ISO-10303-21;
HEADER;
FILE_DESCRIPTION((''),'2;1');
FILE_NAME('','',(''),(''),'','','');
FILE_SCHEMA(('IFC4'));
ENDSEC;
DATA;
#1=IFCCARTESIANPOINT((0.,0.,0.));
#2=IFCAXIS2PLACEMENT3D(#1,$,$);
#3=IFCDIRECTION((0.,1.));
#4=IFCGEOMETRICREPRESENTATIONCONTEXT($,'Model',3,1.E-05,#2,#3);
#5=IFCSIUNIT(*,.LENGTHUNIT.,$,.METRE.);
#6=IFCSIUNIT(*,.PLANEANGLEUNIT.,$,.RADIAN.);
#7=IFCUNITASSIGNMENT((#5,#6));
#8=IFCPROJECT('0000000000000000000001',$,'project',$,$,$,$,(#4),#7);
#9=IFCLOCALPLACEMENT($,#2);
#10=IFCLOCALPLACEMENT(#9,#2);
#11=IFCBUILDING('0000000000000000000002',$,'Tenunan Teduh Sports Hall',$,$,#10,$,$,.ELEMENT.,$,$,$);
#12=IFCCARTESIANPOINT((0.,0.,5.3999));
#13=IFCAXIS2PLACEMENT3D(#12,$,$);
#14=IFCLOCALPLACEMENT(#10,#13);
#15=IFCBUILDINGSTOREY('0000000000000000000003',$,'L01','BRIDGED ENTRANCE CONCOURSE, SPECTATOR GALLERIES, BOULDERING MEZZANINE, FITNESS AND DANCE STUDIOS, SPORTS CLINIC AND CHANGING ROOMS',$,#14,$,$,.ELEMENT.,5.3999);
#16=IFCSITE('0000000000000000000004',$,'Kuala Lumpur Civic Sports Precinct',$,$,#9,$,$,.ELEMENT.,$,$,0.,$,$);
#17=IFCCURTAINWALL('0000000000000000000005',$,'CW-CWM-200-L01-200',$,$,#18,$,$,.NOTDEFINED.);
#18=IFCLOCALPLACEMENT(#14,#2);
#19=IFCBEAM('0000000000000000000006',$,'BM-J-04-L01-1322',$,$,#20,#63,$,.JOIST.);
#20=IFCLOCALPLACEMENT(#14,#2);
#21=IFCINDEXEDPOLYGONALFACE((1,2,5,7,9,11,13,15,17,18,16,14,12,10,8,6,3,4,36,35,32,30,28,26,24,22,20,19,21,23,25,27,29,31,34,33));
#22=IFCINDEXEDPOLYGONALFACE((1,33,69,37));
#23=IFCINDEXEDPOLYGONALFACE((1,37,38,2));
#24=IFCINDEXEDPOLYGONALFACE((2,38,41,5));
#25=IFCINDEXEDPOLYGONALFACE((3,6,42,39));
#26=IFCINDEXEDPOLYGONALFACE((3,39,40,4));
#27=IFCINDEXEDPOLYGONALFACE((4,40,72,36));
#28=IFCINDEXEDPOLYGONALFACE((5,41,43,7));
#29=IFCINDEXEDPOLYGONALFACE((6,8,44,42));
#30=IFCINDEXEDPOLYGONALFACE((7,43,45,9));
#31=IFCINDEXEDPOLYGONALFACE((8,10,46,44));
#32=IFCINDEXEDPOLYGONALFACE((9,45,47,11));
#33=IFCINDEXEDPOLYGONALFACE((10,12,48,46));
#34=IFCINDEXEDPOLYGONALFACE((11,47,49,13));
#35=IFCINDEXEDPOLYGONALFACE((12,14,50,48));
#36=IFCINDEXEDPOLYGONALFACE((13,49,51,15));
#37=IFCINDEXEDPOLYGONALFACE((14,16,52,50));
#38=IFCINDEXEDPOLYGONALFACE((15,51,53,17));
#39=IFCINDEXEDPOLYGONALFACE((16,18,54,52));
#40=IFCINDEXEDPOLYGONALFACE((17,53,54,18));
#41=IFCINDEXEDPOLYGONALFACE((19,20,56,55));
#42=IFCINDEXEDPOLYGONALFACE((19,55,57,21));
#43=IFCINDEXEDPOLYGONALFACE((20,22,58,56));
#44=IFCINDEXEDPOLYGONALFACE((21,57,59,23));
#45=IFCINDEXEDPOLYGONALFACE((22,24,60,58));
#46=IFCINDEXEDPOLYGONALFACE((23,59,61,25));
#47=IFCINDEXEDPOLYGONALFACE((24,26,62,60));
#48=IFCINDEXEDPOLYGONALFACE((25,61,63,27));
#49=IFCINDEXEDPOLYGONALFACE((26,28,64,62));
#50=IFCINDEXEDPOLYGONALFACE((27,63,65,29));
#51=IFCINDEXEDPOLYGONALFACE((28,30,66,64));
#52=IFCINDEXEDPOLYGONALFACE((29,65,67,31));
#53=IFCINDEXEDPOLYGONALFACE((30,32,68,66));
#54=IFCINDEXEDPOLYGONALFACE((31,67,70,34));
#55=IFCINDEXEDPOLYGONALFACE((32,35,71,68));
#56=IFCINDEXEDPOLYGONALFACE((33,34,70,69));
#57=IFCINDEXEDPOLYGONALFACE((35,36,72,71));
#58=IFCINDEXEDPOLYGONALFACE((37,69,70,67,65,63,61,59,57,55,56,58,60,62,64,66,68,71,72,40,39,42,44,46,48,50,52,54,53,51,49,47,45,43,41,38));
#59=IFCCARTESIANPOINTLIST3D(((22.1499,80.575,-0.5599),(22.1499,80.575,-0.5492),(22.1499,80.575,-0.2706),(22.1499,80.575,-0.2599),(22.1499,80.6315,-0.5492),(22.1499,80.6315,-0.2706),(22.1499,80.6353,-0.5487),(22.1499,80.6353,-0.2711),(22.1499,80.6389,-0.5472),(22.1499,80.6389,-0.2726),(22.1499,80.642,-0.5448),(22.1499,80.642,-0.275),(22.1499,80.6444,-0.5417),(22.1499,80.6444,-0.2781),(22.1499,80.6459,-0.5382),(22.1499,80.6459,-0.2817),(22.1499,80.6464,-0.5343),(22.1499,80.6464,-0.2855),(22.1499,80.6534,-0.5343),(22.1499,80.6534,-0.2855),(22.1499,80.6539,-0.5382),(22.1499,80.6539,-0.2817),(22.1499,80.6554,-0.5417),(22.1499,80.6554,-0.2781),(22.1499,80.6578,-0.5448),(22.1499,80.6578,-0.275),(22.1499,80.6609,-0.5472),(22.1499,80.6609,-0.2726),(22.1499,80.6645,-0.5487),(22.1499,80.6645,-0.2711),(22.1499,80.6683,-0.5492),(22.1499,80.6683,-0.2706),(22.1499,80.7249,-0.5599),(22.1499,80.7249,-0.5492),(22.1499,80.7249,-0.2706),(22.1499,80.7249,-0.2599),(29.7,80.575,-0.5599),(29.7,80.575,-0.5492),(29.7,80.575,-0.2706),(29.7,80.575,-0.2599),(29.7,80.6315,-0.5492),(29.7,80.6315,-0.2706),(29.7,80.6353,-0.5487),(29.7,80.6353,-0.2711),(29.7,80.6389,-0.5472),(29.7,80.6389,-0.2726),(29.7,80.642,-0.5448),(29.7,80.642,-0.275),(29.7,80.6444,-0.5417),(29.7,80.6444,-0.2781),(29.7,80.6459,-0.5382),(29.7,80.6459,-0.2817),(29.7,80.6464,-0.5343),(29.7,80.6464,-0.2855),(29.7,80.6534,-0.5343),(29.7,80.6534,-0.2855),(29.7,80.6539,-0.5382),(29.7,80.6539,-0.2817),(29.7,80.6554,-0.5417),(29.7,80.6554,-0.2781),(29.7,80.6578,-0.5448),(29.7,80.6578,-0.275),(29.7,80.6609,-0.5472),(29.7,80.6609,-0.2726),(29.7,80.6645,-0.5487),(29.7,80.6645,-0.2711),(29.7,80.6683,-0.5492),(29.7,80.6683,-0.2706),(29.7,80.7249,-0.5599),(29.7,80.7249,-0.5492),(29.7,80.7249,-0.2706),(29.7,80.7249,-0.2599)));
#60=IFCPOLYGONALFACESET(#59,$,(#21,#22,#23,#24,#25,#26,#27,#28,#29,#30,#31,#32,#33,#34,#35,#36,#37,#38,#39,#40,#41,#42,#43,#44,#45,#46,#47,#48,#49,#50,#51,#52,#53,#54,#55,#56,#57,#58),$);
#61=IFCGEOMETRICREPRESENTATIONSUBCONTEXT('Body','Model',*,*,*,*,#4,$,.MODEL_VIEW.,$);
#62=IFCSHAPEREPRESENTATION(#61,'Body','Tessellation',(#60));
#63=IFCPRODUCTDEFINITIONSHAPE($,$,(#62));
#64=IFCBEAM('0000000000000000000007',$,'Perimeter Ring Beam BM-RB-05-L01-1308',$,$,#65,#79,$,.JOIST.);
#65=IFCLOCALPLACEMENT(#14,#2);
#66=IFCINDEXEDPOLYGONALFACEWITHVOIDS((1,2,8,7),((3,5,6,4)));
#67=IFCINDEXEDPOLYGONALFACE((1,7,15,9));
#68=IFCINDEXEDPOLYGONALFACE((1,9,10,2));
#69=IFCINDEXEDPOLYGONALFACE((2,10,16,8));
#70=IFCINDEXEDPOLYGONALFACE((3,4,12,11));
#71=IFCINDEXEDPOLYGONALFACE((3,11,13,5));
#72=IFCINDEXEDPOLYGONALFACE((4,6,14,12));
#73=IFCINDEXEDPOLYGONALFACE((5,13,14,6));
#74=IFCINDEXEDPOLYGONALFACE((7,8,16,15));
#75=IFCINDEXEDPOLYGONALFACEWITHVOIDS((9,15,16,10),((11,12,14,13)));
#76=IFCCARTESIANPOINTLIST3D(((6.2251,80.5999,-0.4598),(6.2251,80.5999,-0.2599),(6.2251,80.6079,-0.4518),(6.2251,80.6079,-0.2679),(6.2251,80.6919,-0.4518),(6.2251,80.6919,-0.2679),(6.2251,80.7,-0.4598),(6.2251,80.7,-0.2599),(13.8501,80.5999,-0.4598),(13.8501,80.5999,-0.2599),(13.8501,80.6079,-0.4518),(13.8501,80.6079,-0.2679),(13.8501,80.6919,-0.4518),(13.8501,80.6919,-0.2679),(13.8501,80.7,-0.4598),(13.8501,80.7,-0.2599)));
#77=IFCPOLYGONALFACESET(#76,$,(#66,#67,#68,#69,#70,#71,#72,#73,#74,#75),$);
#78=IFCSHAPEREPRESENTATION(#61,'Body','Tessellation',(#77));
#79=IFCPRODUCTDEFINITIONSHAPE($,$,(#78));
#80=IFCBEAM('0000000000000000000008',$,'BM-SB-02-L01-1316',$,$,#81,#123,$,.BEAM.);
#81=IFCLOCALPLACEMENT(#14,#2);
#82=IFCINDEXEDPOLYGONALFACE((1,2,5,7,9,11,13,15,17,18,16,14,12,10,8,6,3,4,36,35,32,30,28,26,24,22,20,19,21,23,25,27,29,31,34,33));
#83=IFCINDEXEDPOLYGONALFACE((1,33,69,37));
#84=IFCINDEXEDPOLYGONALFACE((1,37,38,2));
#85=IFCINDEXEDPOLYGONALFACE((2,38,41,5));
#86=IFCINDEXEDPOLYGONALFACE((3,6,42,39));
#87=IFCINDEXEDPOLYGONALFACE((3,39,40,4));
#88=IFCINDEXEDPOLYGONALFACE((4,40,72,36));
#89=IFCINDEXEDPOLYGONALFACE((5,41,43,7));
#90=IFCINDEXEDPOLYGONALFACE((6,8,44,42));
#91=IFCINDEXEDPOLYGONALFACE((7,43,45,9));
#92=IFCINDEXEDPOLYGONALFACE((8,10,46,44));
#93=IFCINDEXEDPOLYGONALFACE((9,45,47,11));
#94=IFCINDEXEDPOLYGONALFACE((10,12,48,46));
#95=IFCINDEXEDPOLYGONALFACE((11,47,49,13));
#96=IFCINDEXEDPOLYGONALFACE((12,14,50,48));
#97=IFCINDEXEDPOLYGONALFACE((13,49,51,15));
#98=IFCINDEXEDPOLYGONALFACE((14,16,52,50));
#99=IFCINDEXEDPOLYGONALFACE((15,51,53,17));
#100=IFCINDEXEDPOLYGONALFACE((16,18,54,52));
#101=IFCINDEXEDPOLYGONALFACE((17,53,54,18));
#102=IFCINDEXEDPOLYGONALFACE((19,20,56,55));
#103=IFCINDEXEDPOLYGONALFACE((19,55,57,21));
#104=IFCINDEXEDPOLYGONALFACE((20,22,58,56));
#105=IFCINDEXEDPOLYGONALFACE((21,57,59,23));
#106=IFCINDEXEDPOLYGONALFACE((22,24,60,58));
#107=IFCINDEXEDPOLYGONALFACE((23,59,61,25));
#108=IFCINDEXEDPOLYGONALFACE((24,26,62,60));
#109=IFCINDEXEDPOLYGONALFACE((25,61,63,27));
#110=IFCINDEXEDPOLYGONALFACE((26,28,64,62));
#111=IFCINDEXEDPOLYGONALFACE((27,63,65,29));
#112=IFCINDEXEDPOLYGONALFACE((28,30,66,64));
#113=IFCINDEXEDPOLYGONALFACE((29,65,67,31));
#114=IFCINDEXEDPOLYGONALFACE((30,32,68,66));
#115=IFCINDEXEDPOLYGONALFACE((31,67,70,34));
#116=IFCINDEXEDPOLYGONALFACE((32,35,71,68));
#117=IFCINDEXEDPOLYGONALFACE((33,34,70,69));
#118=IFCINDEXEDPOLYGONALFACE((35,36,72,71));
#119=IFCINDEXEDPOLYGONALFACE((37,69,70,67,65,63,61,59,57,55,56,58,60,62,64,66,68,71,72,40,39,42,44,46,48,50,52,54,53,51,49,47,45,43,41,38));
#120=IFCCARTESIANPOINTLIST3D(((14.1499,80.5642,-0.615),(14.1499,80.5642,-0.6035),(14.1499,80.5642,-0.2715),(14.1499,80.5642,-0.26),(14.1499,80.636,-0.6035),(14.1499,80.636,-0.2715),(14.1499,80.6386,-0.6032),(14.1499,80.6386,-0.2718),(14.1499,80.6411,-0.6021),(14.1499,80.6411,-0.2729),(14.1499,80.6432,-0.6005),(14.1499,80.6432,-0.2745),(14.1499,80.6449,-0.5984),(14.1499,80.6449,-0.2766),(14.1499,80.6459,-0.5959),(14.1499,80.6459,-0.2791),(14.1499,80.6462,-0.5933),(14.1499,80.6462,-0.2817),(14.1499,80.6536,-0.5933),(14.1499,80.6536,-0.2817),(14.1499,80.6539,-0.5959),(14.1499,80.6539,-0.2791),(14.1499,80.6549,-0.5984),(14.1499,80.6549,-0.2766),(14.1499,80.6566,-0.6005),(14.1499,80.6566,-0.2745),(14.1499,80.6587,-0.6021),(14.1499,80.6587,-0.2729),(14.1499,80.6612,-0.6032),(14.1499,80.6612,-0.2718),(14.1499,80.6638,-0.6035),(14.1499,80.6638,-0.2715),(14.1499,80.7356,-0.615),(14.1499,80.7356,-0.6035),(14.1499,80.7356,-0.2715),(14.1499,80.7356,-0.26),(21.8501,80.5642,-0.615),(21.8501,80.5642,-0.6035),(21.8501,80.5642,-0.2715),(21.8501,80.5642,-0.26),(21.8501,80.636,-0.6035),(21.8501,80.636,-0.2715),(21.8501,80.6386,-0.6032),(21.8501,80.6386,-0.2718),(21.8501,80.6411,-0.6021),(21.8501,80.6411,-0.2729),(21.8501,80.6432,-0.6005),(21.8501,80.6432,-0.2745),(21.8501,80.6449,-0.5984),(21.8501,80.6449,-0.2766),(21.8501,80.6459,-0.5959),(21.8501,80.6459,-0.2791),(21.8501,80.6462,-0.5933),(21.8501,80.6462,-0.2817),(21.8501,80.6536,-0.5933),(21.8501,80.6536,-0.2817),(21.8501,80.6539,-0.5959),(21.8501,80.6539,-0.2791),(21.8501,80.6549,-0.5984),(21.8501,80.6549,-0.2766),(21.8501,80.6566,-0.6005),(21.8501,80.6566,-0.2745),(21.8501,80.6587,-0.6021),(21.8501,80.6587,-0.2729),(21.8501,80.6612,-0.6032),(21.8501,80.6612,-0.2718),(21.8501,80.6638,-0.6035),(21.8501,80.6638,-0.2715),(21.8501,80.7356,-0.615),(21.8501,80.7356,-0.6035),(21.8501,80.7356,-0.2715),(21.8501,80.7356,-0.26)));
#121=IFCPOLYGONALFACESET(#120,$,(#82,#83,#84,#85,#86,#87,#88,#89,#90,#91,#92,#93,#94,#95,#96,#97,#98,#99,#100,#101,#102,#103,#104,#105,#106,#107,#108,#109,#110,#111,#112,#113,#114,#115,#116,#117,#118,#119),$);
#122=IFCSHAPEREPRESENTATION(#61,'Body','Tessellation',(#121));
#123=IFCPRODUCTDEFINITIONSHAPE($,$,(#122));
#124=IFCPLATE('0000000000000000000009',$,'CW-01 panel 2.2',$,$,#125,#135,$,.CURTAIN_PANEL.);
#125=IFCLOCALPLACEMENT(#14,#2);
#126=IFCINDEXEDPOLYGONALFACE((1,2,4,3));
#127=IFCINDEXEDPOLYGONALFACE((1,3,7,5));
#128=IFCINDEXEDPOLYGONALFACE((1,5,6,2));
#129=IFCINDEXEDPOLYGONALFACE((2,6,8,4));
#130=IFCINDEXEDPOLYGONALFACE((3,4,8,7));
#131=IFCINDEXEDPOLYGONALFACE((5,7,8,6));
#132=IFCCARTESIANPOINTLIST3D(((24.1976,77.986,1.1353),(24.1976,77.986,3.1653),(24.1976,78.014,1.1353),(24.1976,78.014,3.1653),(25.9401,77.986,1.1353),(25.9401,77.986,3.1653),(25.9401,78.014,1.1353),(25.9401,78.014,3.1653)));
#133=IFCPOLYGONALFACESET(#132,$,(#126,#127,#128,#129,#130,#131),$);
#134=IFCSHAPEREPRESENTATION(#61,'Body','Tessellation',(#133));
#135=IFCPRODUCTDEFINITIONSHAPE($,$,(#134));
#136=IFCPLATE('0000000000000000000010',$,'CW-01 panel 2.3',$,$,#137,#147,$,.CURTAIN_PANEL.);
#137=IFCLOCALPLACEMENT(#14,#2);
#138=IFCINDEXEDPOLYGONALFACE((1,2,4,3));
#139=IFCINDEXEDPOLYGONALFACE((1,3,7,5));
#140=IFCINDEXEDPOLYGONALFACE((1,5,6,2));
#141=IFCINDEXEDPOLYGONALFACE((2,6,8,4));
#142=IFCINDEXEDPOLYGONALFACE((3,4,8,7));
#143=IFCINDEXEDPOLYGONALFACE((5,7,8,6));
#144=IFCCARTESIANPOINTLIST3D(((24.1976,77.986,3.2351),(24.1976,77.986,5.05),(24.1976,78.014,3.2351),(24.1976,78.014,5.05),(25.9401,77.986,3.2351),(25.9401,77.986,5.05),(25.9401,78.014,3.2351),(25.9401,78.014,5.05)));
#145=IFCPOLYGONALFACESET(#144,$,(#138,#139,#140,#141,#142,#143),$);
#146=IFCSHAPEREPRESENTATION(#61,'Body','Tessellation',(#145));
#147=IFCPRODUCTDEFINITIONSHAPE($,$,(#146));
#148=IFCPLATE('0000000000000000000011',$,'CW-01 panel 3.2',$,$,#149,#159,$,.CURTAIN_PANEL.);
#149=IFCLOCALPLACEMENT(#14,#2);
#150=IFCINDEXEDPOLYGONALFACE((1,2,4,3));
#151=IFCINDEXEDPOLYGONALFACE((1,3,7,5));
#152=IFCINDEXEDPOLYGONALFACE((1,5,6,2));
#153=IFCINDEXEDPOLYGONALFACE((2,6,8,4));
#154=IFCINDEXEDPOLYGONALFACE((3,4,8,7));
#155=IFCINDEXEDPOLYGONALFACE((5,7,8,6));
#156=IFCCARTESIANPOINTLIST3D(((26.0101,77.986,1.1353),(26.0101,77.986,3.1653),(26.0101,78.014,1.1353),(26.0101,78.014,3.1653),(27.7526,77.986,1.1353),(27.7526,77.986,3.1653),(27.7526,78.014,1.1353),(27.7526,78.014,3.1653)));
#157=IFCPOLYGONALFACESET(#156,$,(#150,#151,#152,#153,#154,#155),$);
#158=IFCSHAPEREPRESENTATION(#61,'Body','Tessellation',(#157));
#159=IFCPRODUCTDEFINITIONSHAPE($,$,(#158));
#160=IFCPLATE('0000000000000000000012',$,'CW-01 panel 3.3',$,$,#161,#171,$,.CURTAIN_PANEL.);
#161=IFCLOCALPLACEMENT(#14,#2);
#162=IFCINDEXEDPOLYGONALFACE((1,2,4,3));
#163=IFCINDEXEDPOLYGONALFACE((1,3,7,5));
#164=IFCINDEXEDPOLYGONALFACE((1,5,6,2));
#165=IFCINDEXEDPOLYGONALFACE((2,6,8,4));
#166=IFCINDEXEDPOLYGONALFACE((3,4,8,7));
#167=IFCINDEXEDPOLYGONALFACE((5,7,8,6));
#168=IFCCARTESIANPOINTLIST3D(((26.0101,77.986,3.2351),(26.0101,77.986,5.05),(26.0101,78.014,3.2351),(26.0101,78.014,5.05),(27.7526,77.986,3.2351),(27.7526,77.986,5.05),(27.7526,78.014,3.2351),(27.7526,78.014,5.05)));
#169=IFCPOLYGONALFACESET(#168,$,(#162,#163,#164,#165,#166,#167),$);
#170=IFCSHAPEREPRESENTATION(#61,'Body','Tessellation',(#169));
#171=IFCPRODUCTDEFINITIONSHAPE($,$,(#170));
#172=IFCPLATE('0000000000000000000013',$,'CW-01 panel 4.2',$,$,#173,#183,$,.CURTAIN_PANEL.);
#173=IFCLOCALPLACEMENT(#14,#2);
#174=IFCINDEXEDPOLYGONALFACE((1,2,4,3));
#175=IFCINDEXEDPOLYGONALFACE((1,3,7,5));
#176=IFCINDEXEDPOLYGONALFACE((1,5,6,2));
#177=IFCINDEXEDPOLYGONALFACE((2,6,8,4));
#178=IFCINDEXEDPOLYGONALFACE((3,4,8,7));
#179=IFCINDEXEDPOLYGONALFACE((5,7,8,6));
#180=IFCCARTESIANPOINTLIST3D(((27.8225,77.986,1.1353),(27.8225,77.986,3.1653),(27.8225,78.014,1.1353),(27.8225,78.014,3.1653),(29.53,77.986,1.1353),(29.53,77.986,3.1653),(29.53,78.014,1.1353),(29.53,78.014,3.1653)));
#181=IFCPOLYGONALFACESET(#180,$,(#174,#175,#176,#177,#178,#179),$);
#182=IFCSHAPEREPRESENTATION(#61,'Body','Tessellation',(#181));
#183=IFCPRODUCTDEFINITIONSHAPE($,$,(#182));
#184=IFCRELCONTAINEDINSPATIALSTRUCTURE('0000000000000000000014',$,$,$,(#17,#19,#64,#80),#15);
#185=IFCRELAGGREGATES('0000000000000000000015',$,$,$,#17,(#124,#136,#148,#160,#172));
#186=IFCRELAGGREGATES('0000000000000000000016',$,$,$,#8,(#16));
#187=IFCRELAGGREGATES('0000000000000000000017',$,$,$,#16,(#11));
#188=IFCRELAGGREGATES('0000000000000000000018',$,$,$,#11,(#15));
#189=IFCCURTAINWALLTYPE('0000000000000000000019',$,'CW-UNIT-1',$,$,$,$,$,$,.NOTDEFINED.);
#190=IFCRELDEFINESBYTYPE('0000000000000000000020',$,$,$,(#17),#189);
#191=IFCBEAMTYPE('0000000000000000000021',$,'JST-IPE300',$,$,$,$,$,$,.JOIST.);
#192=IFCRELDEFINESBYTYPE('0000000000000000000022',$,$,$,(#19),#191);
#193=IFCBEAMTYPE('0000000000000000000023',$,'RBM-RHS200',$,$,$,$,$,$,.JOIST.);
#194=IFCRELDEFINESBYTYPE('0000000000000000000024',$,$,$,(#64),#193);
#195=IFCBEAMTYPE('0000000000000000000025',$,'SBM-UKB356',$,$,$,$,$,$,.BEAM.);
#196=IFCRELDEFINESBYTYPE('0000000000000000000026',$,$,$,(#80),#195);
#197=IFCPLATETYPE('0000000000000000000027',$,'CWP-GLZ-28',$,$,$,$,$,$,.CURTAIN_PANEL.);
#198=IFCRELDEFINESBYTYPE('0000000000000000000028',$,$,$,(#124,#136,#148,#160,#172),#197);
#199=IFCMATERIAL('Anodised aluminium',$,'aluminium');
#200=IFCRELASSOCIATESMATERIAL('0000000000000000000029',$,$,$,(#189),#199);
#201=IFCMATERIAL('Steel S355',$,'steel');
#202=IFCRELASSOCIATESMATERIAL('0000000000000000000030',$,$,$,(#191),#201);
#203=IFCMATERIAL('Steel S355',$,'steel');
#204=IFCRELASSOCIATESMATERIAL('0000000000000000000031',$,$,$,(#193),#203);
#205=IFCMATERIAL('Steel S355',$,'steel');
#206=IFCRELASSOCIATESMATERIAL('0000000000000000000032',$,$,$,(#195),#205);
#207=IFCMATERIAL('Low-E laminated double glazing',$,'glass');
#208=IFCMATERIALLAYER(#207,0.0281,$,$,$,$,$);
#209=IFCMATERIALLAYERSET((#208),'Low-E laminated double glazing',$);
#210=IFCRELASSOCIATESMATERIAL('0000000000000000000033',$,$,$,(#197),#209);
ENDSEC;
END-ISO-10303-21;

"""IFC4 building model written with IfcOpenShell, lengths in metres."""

from ifc_helpers import new_model, si_unit, direction, frame, origin, origin_2d, place, context, subcontext, project, spatial, rectangle, hollow_rectangle, i_section, extrude, material, layer, layer_set, material_profile, profile_set, type_object, element, aggregate, save


model = new_model("IFC4")

# Units and contexts
model_context = context("Model", 3, precision=1e-05, world=origin(), true_north=direction((0.0, 1.0)))
body_context = subcontext(model_context, "Body", "Model", "MODEL_VIEW")
ifc_project = project(units=[si_unit("LENGTHUNIT", "METRE"), si_unit("PLANEANGLEUNIT", "RADIAN")], contexts=[model_context])

# Site, building, storey
site_placement = place(None, origin())
site = spatial("IfcSite", under=ifc_project, at=site_placement, Name="Kuala Lumpur Civic Sports Precinct", CompositionType="ELEMENT", RefElevation=0.0)
building_placement = place(site_placement, origin())
building = spatial("IfcBuilding", under=site, at=building_placement, Name="Tenunan Teduh Sports Hall", CompositionType="ELEMENT")
storey_placement = place(building_placement, frame((0.0, 0.0, 5.3999)))
storey = spatial("IfcBuildingStorey", under=building, at=storey_placement, Name="L01", Description="BRIDGED ENTRANCE CONCOURSE, SPECTATOR GALLERIES, BOULDERING MEZZANINE, FITNESS AND DANCE STUDIOS, SPORTS CLINIC AND CHANGING ROOMS", CompositionType="ELEMENT", Elevation=5.3999)

# Curtain wall
ifc_material_1 = material(Name="Anodised aluminium", Category="aluminium")
curtain_wall_type = type_object("IfcCurtainWallType", Name="CW-UNIT-1", PredefinedType="NOTDEFINED", material=ifc_material_1)
curtain_wall_placement = place(storey_placement, origin())
curtain_wall = element("IfcCurtainWall", 1, at=curtain_wall_placement, inside=storey, type_object=curtain_wall_type, Name="CW-CWM-200-L01-200", PredefinedType="NOTDEFINED")

# Beams
ifc_material_2 = material(Name="Steel S355", Category="steel")
ifc_material_profile_1 = material_profile(ifc_material_2, i_section(OverallWidth=0.1499, OverallDepth=0.3, WebThickness=0.0071, FlangeThickness=0.0107, FilletRadius=0.0149, at=origin_2d()), Name="IPE 300")
ifc_profile_set_1 = profile_set([ifc_material_profile_1], Name="Steel S355")
beam_type_1 = type_object("IfcBeamType", Name="JST-IPE300", PredefinedType="JOIST", material=ifc_profile_set_1)
beam_1_placement = place(storey_placement, frame((22.1499, 80.6499, -0.4099), z_axis=(1.0, 0.0, 0.0), x_axis=(0.0, 1.0, 0.0)))
element("IfcBeam", 2, at=beam_1_placement, inside=storey, type_object=beam_type_1, Name="BM-J-04-L01-1322", PredefinedType="JOIST", context=body_context, shape_type="SweptSolid", body=[
    extrude(i_section(OverallWidth=0.1499, OverallDepth=0.3, WebThickness=0.0071, FlangeThickness=0.0107, FilletRadius=0.0149, at=origin_2d()), origin(), (0.0, 0.0, 1.0), 7.55),
])
ifc_material_3 = material(Name="Steel S355", Category="steel")
ifc_material_profile_2 = material_profile(ifc_material_3, hollow_rectangle(XDim=0.1001, YDim=0.2, WallThickness=0.0081, at=origin_2d()), Name="RHS 200x100x8.0")
ifc_profile_set_2 = profile_set([ifc_material_profile_2], Name="Steel S355")
beam_type_2 = type_object("IfcBeamType", Name="RBM-RHS200", PredefinedType="JOIST", material=ifc_profile_set_2)
beam_2_placement = place(storey_placement, frame((6.2251, 80.6499, -0.3599), z_axis=(1.0, 0.0, 0.0), x_axis=(0.0, 1.0, 0.0)))
element("IfcBeam", 3, at=beam_2_placement, inside=storey, type_object=beam_type_2, Name="Perimeter Ring Beam BM-RB-05-L01-1308", PredefinedType="JOIST", context=body_context, shape_type="SweptSolid", body=[
    extrude(hollow_rectangle(XDim=0.1001, YDim=0.2, WallThickness=0.0081, at=origin_2d()), origin(), (0.0, 0.0, 1.0), 7.625),
])
ifc_material_4 = material(Name="Steel S355", Category="steel")
ifc_material_profile_3 = material_profile(ifc_material_4, i_section(OverallWidth=0.1714, OverallDepth=0.355, WebThickness=0.0073, FlangeThickness=0.0115, FilletRadius=0.0103, at=origin_2d()), Name="UKB 356x171x51")
ifc_profile_set_3 = profile_set([ifc_material_profile_3], Name="Steel S355")
beam_type_3 = type_object("IfcBeamType", Name="SBM-UKB356", PredefinedType="BEAM", material=ifc_profile_set_3)
beam_3_placement = place(storey_placement, frame((14.1499, 80.6499, -0.4375), z_axis=(1.0, 0.0, 0.0), x_axis=(0.0, 1.0, 0.0)))
element("IfcBeam", 4, at=beam_3_placement, inside=storey, type_object=beam_type_3, Name="BM-SB-02-L01-1316", PredefinedType="BEAM", context=body_context, shape_type="SweptSolid", body=[
    extrude(i_section(OverallWidth=0.1714, OverallDepth=0.355, WebThickness=0.0073, FlangeThickness=0.0115, FilletRadius=0.0103, at=origin_2d()), origin(), (0.0, 0.0, 1.0), 7.7002),
])

# Plates
ifc_material_5 = material(Name="Low-E laminated double glazing", Category="glass")
ifc_layer_1 = layer(ifc_material_5, 0.0281)
ifc_layer_set_1 = layer_set([ifc_layer_1], Name="Low-E laminated double glazing")
plate_type_1 = type_object("IfcPlateType", Name="CWP-GLZ-28", PredefinedType="CURTAIN_PANEL", material=ifc_layer_set_1)
plate_1_placement = place(storey_placement, frame((25.0688, 78.0, 1.1353), z_axis=(0.0, 0.0, 1.0), x_axis=(1.0, 0.0, 0.0)))
plate_1 = element("IfcPlate", 5, at=plate_1_placement, type_object=plate_type_1, Name="CW-01 panel 2.2", PredefinedType="CURTAIN_PANEL", context=body_context, shape_type="SweptSolid", body=[
    extrude(rectangle(XDim=1.7424, YDim=0.0281, at=origin_2d()), origin(), (0.0, 0.0, 1.0), 2.03),
])
plate_2_placement = place(storey_placement, frame((25.0688, 78.0, 3.2351), z_axis=(0.0, 0.0, 1.0), x_axis=(1.0, 0.0, 0.0)))
plate_2 = element("IfcPlate", 6, at=plate_2_placement, type_object=plate_type_1, Name="CW-01 panel 2.3", PredefinedType="CURTAIN_PANEL", context=body_context, shape_type="SweptSolid", body=[
    extrude(rectangle(XDim=1.7424, YDim=0.0281, at=origin_2d()), origin(), (0.0, 0.0, 1.0), 1.8149),
])
plate_3_placement = place(storey_placement, frame((26.8813, 78.0, 1.1353), z_axis=(0.0, 0.0, 1.0), x_axis=(1.0, 0.0, 0.0)))
plate_3 = element("IfcPlate", 7, at=plate_3_placement, type_object=plate_type_1, Name="CW-01 panel 3.2", PredefinedType="CURTAIN_PANEL", context=body_context, shape_type="SweptSolid", body=[
    extrude(rectangle(XDim=1.7424, YDim=0.0281, at=origin_2d()), origin(), (0.0, 0.0, 1.0), 2.03),
])
plate_4_placement = place(storey_placement, frame((26.8813, 78.0, 3.2351), z_axis=(0.0, 0.0, 1.0), x_axis=(1.0, 0.0, 0.0)))
plate_4 = element("IfcPlate", 8, at=plate_4_placement, type_object=plate_type_1, Name="CW-01 panel 3.3", PredefinedType="CURTAIN_PANEL", context=body_context, shape_type="SweptSolid", body=[
    extrude(rectangle(XDim=1.7424, YDim=0.0281, at=origin_2d()), origin(), (0.0, 0.0, 1.0), 1.8149),
])
plate_5_placement = place(storey_placement, frame((28.6763, 78.0, 1.1353), z_axis=(0.0, 0.0, 1.0), x_axis=(1.0, 0.0, 0.0)))
plate_5 = element("IfcPlate", 9, at=plate_5_placement, type_object=plate_type_1, Name="CW-01 panel 4.2", PredefinedType="CURTAIN_PANEL", context=body_context, shape_type="SweptSolid", body=[
    extrude(rectangle(XDim=1.7075, YDim=0.0281, at=origin_2d()), origin(), (0.0, 0.0, 1.0), 2.03),
])
aggregate(curtain_wall, [plate_1, plate_2, plate_3, plate_4, plate_5])

save(model, "model.ifc")
